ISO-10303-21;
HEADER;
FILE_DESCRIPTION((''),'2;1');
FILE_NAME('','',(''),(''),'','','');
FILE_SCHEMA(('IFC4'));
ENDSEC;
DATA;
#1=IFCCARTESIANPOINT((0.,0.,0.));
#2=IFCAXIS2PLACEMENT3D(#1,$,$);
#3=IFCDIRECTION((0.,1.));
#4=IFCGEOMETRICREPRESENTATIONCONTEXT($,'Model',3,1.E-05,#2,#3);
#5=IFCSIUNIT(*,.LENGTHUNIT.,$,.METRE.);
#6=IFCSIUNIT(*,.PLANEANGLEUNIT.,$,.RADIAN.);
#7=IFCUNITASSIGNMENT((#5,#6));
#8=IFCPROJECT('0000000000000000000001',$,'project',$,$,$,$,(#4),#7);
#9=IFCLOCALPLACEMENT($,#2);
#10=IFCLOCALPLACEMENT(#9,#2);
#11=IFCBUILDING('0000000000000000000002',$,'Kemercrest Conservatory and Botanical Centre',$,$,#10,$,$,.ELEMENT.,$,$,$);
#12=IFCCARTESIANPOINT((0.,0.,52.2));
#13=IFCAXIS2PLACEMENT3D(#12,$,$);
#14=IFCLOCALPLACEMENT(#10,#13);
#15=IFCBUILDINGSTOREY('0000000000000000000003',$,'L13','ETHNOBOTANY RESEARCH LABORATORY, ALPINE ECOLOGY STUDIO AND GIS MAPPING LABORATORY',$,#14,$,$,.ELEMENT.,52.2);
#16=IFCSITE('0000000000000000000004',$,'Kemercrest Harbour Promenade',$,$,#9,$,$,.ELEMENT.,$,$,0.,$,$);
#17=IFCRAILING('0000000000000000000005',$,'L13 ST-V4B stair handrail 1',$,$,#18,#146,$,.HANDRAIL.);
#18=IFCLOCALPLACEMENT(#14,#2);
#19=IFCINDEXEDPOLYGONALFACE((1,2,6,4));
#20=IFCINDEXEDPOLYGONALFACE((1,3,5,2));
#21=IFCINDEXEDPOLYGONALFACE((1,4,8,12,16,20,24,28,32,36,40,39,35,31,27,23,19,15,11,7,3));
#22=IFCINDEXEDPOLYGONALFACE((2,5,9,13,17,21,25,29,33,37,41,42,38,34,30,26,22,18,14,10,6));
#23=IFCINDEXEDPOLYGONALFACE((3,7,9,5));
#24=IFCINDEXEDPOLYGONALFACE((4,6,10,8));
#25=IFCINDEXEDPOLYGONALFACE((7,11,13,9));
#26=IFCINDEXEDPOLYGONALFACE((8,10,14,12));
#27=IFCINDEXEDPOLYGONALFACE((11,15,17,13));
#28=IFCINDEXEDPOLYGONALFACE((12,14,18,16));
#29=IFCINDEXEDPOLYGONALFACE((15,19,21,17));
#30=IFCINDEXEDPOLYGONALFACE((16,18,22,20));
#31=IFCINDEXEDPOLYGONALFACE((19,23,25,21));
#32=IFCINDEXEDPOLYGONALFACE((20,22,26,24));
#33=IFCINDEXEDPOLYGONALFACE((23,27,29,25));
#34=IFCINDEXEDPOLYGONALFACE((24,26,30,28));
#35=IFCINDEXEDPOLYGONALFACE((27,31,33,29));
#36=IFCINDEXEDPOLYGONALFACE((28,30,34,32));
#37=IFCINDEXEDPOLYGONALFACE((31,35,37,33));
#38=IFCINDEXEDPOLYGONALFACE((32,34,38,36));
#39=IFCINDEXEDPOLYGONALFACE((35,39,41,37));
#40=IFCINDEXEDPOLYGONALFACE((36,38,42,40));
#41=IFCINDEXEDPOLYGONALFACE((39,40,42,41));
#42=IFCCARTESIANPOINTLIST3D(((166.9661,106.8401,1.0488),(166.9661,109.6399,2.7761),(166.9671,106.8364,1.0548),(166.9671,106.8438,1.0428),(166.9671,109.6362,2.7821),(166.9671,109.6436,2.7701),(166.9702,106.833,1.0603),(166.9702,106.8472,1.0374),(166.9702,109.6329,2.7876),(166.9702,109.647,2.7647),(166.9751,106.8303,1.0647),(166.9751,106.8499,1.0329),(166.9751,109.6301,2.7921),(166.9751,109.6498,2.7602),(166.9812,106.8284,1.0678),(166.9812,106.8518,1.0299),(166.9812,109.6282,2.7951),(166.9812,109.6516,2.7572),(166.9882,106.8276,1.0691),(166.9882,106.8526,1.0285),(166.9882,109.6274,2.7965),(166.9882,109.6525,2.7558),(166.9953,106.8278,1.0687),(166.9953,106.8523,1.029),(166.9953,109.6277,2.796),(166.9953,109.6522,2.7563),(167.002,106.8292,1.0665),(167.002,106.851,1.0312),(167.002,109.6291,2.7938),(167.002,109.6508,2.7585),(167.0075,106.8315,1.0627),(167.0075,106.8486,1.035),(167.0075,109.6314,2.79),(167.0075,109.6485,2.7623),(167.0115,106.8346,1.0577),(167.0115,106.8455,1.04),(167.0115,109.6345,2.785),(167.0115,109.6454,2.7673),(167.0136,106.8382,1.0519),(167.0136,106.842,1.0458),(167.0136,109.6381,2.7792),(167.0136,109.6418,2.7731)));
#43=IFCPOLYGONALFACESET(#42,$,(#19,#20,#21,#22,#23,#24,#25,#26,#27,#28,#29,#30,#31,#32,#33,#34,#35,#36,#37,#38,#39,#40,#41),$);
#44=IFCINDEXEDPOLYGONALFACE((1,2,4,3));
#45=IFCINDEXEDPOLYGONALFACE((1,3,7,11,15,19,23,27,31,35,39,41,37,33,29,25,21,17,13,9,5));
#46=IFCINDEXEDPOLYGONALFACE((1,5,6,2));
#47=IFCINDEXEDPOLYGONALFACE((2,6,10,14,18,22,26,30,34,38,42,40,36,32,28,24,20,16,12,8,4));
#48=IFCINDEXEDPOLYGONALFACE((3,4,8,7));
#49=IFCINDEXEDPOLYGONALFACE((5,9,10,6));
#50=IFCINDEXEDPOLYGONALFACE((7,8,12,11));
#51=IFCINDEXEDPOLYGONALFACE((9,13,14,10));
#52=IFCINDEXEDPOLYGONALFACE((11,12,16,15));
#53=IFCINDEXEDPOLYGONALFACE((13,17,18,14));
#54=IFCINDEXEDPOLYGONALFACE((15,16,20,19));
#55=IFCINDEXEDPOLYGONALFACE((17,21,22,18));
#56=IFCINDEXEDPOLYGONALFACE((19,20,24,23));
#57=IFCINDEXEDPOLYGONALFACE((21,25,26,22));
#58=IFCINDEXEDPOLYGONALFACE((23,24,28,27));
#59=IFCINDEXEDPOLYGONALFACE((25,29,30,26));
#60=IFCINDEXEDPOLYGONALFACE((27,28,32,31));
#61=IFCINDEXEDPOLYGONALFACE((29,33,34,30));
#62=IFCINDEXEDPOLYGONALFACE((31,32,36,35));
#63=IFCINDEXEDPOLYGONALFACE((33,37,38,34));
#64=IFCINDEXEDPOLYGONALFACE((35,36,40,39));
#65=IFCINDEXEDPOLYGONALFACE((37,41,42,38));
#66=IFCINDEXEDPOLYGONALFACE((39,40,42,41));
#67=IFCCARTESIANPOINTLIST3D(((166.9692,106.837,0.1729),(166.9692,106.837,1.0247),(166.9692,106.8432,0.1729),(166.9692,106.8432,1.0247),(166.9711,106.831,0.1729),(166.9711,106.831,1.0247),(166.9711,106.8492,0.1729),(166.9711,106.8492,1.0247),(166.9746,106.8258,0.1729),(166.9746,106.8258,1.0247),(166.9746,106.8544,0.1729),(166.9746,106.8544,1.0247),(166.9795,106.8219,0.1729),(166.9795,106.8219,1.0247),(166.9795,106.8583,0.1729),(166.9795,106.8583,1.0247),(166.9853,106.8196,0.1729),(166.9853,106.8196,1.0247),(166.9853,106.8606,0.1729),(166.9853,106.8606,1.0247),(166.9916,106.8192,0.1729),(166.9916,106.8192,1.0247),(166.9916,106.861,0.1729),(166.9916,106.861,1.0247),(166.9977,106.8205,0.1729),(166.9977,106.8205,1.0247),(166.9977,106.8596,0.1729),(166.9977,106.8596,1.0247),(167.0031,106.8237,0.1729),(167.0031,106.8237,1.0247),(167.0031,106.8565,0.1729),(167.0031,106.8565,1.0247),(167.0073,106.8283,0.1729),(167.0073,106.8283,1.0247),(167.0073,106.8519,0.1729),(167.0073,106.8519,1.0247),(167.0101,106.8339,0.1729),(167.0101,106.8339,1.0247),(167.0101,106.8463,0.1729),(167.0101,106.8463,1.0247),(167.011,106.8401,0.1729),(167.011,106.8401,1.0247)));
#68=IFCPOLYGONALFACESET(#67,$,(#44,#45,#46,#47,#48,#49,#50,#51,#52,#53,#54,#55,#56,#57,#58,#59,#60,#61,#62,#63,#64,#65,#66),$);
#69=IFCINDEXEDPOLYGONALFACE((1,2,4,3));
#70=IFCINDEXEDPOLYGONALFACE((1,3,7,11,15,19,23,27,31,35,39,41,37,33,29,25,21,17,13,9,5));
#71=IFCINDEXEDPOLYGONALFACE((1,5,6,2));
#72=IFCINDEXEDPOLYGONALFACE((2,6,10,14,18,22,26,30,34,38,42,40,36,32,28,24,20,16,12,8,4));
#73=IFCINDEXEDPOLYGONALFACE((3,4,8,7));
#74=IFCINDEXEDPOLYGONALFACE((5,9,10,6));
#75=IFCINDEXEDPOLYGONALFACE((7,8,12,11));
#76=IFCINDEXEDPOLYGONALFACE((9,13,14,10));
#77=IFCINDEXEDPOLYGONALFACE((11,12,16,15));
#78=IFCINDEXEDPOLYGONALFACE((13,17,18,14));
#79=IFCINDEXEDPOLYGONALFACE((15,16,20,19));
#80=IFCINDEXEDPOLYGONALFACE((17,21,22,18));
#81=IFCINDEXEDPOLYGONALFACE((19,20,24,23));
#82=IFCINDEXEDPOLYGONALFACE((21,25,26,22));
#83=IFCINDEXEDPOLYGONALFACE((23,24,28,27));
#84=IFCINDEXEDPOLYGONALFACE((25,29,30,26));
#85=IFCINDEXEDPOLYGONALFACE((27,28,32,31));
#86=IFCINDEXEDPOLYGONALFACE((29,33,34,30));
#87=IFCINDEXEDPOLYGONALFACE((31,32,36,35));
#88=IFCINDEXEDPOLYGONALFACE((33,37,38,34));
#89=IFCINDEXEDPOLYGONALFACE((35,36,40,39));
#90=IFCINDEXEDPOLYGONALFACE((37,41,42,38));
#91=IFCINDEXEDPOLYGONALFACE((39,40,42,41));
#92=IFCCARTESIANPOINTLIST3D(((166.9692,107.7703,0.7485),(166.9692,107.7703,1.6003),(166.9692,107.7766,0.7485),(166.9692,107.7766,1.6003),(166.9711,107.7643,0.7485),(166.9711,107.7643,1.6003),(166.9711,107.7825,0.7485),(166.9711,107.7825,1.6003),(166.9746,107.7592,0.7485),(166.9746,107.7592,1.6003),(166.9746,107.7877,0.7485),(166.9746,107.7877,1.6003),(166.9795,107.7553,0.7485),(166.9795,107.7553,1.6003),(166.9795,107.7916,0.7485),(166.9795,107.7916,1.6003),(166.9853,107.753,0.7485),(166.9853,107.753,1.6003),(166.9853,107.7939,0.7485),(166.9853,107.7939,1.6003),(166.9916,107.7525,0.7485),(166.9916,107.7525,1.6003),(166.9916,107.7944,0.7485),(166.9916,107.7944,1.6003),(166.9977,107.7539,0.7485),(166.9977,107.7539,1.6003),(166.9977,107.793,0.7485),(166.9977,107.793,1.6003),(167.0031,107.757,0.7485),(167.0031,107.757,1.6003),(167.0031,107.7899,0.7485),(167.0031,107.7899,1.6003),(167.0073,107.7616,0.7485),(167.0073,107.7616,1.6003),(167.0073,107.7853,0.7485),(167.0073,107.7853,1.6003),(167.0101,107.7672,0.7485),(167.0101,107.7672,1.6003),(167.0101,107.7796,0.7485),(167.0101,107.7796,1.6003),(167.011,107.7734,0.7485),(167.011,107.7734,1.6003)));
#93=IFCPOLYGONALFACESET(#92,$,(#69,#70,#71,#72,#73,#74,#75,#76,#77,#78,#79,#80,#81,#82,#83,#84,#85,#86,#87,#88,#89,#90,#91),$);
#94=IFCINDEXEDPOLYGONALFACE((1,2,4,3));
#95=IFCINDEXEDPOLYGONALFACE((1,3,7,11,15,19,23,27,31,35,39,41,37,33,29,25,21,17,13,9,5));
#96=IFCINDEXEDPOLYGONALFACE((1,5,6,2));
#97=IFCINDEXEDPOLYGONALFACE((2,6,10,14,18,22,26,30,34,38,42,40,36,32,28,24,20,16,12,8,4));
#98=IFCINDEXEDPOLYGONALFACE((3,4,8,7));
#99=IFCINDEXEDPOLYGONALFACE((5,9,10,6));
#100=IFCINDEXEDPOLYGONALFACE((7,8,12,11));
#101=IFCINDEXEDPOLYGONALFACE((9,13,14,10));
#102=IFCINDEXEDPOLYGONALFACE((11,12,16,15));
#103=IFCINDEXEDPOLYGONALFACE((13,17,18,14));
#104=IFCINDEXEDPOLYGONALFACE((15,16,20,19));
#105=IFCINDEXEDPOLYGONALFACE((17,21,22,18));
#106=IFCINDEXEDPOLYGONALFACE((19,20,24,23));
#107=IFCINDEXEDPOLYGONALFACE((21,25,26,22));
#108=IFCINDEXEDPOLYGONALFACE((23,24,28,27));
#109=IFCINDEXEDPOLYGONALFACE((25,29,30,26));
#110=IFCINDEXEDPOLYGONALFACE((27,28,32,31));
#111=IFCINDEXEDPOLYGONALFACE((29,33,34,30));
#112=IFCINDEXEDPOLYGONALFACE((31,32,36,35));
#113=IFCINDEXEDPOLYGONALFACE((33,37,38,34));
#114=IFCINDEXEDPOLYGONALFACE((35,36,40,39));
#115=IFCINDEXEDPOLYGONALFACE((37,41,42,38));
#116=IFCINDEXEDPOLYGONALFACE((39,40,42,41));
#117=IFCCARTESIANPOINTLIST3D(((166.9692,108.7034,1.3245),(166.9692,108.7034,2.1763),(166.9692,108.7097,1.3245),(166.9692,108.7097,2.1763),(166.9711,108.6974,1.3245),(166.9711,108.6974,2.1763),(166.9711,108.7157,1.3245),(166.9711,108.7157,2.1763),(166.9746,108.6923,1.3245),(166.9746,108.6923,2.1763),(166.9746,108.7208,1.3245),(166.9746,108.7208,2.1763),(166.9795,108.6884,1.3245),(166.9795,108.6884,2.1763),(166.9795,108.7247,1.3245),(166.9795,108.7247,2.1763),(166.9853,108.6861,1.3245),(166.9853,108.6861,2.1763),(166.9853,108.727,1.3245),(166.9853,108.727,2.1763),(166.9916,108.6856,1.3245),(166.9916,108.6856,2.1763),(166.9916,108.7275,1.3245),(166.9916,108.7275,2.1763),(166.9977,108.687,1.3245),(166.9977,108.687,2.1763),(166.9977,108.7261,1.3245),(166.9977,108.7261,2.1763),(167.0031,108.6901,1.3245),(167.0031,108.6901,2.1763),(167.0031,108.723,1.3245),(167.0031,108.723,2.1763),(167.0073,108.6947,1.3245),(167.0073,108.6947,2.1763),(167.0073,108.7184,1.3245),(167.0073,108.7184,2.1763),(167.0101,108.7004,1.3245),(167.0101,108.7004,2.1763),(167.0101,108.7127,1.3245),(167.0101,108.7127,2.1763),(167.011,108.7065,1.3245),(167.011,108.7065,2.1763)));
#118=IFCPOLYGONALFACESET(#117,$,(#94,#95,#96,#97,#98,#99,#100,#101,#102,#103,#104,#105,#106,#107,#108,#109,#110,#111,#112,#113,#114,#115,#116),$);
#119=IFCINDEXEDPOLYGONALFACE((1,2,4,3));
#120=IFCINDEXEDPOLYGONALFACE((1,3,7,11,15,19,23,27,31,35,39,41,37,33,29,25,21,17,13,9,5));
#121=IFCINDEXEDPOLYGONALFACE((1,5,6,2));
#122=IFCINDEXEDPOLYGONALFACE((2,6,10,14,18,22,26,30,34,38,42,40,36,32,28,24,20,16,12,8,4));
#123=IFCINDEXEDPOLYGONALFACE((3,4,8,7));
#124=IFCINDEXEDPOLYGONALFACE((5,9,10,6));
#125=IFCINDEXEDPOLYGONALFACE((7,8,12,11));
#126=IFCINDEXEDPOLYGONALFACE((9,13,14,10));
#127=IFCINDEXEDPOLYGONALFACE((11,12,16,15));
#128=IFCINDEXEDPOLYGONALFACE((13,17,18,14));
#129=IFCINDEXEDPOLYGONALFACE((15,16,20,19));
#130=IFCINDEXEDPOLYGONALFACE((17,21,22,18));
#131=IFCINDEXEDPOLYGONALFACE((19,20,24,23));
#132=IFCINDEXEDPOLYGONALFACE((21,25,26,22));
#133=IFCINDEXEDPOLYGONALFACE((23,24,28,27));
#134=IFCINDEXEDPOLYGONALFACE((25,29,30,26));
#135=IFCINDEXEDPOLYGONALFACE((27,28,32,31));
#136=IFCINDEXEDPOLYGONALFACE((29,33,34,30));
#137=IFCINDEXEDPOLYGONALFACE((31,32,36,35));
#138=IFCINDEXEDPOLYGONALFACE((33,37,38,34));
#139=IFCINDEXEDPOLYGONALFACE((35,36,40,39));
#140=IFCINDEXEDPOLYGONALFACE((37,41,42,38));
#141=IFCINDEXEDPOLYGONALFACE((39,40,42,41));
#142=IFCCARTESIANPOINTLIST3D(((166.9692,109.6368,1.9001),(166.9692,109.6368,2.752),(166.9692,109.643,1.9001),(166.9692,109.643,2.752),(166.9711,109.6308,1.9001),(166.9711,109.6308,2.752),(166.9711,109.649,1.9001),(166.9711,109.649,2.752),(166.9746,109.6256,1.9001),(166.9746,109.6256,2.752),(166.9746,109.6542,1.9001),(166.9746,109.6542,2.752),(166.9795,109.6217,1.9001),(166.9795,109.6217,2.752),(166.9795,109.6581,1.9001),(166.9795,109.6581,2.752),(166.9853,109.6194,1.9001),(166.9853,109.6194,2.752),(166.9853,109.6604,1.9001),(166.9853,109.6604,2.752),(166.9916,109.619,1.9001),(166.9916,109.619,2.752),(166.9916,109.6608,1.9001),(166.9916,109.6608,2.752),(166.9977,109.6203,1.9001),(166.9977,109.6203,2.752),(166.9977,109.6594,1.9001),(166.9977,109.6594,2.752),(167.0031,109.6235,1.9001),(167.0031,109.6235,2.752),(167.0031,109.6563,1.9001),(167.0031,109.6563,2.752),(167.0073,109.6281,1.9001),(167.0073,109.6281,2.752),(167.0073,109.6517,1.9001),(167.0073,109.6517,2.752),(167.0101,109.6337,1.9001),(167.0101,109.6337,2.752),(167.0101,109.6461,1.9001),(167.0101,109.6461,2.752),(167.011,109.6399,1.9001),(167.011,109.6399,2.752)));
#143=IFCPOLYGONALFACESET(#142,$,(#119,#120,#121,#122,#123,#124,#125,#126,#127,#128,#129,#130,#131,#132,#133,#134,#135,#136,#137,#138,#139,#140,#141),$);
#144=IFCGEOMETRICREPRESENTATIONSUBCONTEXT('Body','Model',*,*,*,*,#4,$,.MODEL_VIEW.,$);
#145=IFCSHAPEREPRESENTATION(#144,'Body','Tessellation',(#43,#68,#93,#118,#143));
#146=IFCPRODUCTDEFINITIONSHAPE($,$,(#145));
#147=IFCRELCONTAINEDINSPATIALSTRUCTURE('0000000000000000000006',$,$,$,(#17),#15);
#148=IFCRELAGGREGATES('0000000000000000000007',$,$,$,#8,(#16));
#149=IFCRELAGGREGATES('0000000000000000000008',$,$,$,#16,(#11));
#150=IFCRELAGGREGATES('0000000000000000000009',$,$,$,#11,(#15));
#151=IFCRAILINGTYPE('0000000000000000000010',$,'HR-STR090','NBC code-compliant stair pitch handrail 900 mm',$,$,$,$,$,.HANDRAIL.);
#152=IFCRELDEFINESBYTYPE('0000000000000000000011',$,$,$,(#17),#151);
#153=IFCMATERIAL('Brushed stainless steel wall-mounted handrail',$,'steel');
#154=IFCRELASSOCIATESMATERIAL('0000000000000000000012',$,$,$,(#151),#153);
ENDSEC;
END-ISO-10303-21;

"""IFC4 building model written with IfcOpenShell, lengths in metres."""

from ifc_helpers import new_model, si_unit, direction, frame, origin, origin_2d, place, context, subcontext, project, spatial, circle, extrude, material, type_object, element, save


model = new_model("IFC4")

# Units and contexts
model_context = context("Model", 3, precision=1e-05, world=origin(), true_north=direction((0.0, 1.0)))
body_context = subcontext(model_context, "Body", "Model", "MODEL_VIEW")
ifc_project = project(units=[si_unit("LENGTHUNIT", "METRE"), si_unit("PLANEANGLEUNIT", "RADIAN")], contexts=[model_context])

# Site, building, storey
site_placement = place(None, origin())
site = spatial("IfcSite", under=ifc_project, at=site_placement, Name="Kemercrest Harbour Promenade", CompositionType="ELEMENT", RefElevation=0.0)
building_placement = place(site_placement, origin())
building = spatial("IfcBuilding", under=site, at=building_placement, Name="Kemercrest Conservatory and Botanical Centre", CompositionType="ELEMENT")
storey_placement = place(building_placement, frame((0.0, 0.0, 52.2)))
storey = spatial("IfcBuildingStorey", under=building, at=storey_placement, Name="L13", Description="ETHNOBOTANY RESEARCH LABORATORY, ALPINE ECOLOGY STUDIO AND GIS MAPPING LABORATORY", CompositionType="ELEMENT", Elevation=52.2)

# Railing
ifc_material_1 = material(Name="Brushed stainless steel wall-mounted handrail", Category="steel")
railing_type_1 = type_object("IfcRailingType", Name="HR-STR090", Description="NBC code-compliant stair pitch handrail 900 mm", PredefinedType="HANDRAIL", material=ifc_material_1)
railing_1_placement = place(storey_placement, frame((166.99, 106.8401, 0.1729)))
element("IfcRailing", 1, at=railing_1_placement, inside=storey, type_object=railing_type_1, Name="L13 ST-V4B stair handrail 1", PredefinedType="HANDRAIL", context=body_context, shape_type="SweptSolid", body=[
    extrude(circle(Radius=0.0239, at=origin_2d()), frame((0.0, 0.0, 0.876), z_axis=(0.0, 0.851069, 0.525054), x_axis=(-1.0, 0.0, 0.0)), (0.0, 0.0, 1.0), 3.2898),
    extrude(circle(Radius=0.021, at=origin_2d()), origin(), (0.0, 0.0, 1.0), 0.8518),
    extrude(circle(Radius=0.021, at=origin_2d()), frame((0.0, 0.9333, 0.5757)), (0.0, 0.0, 1.0), 0.8518),
    extrude(circle(Radius=0.021, at=origin_2d()), frame((0.0, 1.8665, 1.1516)), (0.0, 0.0, 1.0), 0.8518),
    extrude(circle(Radius=0.021, at=origin_2d()), frame((0.0, 2.7998, 1.7273)), (0.0, 0.0, 1.0), 0.8518),
])

save(model, "model.ifc")
